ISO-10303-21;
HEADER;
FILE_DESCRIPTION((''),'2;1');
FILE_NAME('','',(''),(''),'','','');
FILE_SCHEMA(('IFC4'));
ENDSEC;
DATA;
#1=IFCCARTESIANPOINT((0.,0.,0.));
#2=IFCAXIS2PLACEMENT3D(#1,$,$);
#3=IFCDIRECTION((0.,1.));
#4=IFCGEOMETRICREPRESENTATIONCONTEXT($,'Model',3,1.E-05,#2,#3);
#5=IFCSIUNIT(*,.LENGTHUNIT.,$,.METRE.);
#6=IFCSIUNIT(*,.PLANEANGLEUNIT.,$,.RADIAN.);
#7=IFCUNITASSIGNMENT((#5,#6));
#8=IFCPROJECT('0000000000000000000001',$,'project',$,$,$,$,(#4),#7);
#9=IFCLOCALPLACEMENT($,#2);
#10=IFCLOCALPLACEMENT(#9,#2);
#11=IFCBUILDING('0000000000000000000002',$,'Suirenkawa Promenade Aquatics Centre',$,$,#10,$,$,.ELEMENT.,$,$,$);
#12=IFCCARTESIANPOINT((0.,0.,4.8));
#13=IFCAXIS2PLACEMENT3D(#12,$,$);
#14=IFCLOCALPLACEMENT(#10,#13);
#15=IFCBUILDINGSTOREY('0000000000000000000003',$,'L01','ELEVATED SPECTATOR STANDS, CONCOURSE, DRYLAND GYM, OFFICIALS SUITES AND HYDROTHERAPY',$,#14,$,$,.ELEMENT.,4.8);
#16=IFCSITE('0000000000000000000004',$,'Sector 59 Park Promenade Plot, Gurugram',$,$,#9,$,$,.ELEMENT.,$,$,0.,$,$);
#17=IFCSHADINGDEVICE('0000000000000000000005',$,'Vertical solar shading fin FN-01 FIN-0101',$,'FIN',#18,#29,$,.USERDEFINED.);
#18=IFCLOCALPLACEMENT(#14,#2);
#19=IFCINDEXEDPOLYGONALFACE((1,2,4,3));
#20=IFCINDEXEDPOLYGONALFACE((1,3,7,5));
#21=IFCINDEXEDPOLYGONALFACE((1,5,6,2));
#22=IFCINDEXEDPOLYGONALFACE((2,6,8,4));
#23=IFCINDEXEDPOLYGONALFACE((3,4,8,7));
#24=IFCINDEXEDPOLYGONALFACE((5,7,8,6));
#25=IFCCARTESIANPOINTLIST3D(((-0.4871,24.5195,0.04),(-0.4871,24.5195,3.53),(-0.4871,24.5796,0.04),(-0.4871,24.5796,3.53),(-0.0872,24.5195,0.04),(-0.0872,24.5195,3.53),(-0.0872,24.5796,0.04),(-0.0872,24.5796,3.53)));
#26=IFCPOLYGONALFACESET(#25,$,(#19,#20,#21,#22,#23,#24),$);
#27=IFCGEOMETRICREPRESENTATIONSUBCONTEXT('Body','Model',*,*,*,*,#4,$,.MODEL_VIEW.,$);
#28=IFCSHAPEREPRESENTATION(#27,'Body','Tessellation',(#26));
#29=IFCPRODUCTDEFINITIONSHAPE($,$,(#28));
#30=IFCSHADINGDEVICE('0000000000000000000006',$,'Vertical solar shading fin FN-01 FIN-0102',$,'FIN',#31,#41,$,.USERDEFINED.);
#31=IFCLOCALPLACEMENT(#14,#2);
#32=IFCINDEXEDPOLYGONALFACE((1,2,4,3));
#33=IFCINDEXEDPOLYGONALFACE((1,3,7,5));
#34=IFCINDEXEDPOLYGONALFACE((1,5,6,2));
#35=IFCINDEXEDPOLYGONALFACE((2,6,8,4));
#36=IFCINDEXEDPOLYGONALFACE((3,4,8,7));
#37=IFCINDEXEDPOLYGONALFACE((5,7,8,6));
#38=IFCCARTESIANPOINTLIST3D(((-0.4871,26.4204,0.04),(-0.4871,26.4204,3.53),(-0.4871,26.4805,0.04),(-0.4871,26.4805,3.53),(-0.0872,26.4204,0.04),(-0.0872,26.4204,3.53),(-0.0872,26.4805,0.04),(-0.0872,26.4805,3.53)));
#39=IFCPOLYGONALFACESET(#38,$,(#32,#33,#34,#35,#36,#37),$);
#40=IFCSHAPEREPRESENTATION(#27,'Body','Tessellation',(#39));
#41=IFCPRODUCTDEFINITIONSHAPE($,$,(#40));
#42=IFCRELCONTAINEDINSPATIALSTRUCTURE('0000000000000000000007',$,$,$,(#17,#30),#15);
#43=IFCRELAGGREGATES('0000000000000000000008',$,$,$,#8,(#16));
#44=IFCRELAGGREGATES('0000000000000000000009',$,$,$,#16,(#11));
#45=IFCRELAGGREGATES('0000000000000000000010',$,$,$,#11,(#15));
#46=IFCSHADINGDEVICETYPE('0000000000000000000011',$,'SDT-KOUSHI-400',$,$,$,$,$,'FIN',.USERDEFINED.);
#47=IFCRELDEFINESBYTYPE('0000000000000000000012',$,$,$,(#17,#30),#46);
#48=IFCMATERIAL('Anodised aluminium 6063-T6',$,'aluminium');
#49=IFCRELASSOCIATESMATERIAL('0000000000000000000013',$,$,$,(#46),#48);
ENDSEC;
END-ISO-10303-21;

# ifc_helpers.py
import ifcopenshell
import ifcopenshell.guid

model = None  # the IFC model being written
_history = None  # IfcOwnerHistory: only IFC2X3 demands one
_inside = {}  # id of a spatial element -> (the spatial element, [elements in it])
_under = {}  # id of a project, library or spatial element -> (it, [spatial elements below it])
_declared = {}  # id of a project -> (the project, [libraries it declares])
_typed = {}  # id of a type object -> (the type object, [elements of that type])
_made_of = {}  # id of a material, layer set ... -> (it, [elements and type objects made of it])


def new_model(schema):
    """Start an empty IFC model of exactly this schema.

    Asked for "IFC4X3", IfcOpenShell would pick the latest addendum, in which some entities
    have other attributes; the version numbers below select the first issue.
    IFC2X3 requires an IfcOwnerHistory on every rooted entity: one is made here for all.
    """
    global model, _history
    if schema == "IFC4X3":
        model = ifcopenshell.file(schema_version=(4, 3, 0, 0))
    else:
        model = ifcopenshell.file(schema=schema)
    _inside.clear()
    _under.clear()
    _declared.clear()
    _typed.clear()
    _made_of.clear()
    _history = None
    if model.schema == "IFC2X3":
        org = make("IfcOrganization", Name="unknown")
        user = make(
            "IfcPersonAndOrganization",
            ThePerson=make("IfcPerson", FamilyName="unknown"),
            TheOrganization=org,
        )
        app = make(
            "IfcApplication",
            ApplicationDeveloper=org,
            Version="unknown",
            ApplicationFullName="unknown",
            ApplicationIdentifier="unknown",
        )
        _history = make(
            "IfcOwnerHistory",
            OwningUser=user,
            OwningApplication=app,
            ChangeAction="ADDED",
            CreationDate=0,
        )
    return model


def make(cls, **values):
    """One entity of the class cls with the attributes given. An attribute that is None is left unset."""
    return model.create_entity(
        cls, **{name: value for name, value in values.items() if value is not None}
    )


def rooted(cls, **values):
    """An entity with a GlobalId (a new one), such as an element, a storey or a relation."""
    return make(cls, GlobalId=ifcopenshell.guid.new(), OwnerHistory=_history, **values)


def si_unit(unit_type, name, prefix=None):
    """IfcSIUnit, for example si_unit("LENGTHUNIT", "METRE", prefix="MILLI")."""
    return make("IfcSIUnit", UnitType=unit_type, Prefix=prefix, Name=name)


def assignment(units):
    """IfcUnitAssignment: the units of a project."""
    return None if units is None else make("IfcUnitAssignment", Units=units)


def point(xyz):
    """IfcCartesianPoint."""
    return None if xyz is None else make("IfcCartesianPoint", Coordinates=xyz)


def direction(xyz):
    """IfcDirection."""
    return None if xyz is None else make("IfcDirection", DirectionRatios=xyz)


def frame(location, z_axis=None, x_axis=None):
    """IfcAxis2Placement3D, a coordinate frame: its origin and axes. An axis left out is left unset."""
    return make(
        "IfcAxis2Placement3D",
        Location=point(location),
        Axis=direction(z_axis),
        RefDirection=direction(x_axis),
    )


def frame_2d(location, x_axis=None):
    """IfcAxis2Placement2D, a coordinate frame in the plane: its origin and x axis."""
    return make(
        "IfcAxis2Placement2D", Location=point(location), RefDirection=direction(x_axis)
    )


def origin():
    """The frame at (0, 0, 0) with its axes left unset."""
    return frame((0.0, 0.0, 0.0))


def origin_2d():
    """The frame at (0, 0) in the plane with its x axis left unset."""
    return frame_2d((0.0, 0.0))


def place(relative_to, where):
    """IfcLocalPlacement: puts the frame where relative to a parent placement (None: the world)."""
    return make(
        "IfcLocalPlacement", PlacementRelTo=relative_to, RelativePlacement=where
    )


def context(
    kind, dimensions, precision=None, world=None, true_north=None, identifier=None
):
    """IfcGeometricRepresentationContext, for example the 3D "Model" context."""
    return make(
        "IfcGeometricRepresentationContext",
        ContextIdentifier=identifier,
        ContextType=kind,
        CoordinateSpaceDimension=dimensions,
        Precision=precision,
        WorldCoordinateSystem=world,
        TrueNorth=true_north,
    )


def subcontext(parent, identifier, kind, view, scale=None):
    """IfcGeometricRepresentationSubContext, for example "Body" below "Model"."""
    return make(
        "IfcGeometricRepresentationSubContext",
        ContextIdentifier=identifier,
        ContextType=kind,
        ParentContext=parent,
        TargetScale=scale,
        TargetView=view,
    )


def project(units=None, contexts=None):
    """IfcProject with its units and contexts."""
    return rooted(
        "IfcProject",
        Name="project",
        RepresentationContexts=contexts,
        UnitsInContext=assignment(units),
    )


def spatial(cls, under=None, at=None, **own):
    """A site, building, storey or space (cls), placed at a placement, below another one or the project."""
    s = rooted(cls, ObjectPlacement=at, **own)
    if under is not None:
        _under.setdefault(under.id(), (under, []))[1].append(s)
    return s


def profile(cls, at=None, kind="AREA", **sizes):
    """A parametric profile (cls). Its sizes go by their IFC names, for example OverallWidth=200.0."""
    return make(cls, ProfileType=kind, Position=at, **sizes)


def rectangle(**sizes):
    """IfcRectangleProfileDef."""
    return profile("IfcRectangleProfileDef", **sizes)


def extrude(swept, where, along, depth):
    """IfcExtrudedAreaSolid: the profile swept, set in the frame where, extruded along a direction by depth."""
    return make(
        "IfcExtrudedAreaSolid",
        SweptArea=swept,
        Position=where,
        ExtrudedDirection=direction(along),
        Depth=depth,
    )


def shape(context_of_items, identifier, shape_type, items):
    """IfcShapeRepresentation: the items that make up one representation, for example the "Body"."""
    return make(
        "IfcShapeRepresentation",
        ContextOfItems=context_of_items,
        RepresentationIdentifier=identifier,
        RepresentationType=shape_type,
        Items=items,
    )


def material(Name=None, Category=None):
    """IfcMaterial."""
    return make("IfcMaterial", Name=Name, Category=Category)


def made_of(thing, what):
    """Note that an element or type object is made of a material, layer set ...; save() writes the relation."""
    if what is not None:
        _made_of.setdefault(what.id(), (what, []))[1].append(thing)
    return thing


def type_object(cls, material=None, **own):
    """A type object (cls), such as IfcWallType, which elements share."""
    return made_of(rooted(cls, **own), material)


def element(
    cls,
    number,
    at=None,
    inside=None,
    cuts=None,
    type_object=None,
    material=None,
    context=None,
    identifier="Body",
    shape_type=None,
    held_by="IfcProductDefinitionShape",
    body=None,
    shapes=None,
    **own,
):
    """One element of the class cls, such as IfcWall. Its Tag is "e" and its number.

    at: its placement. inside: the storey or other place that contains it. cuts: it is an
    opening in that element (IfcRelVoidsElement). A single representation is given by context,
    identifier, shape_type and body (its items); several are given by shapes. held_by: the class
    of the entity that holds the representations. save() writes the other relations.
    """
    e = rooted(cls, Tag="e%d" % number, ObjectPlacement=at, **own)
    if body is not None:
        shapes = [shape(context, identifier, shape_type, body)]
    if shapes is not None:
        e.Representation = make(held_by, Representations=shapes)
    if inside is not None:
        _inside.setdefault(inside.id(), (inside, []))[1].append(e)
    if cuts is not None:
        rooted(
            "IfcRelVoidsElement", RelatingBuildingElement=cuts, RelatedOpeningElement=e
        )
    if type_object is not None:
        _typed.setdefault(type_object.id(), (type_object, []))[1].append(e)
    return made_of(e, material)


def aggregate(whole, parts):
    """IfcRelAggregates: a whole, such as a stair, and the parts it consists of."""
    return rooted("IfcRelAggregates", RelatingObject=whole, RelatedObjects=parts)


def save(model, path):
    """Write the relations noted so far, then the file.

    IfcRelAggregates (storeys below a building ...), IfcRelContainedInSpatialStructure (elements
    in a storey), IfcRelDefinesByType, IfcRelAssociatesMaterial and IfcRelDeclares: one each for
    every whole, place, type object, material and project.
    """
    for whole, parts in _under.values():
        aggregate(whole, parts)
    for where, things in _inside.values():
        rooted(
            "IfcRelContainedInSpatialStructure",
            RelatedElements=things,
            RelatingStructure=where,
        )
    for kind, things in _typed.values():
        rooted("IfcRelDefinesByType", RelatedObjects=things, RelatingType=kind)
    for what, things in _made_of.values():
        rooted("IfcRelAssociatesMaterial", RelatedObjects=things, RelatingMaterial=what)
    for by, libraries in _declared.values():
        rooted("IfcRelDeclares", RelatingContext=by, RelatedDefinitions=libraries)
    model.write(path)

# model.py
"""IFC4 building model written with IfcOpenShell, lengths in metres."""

from ifc_helpers import new_model, si_unit, direction, frame, origin, origin_2d, place, context, subcontext, project, spatial, rectangle, extrude, material, type_object, element, save


model = new_model("IFC4")

# Units and contexts
model_context = context("Model", 3, precision=1e-05, world=origin(), true_north=direction((0.0, 1.0)))
body_context = subcontext(model_context, "Body", "Model", "MODEL_VIEW")
ifc_project = project(units=[si_unit("LENGTHUNIT", "METRE"), si_unit("PLANEANGLEUNIT", "RADIAN")], contexts=[model_context])

# Site, building, storey
site_placement = place(None, origin())
site = spatial("IfcSite", under=ifc_project, at=site_placement, Name="Sector 59 Park Promenade Plot, Gurugram", CompositionType="ELEMENT", RefElevation=0.0)
building_placement = place(site_placement, origin())
building = spatial("IfcBuilding", under=site, at=building_placement, Name="Suirenkawa Promenade Aquatics Centre", CompositionType="ELEMENT")
storey_placement = place(building_placement, frame((0.0, 0.0, 4.8)))
storey = spatial("IfcBuildingStorey", under=building, at=storey_placement, Name="L01", Description="ELEVATED SPECTATOR STANDS, CONCOURSE, DRYLAND GYM, OFFICIALS SUITES AND HYDROTHERAPY", CompositionType="ELEMENT", Elevation=4.8)

# Shared definitions
ifc_material_1 = material(Name="Anodised aluminium 6063-T6", Category="aluminium")

# Shading devices
shading_device_type = type_object("IfcShadingDeviceType", Name="SDT-KOUSHI-400", ElementType="FIN", PredefinedType="USERDEFINED", material=ifc_material_1)
for number, where, z_axis, x_axis, name in (
    (1, (-0.2871, 24.5496, 0.04), (0.0, 0.0, 1.0), (-1.0, 0.0, 0.0), "Vertical solar shading fin FN-01 FIN-0101"),
    (2, (-0.2871, 26.4504, 0.04), (0.0, 0.0, 1.0), (-1.0, 0.0, 0.0), "Vertical solar shading fin FN-01 FIN-0102"),
):
    element("IfcShadingDevice", number, at=place(storey_placement, frame(where, z_axis=z_axis, x_axis=x_axis)), inside=storey, type_object=shading_device_type, Name=name, ObjectType="FIN", PredefinedType="USERDEFINED", context=body_context, shape_type="SweptSolid", body=[
        extrude(rectangle(XDim=0.3999, YDim=0.0601, at=origin_2d()), origin(), (0.0, 0.0, 1.0), 3.49),
    ])

save(model, "model.ifc")
